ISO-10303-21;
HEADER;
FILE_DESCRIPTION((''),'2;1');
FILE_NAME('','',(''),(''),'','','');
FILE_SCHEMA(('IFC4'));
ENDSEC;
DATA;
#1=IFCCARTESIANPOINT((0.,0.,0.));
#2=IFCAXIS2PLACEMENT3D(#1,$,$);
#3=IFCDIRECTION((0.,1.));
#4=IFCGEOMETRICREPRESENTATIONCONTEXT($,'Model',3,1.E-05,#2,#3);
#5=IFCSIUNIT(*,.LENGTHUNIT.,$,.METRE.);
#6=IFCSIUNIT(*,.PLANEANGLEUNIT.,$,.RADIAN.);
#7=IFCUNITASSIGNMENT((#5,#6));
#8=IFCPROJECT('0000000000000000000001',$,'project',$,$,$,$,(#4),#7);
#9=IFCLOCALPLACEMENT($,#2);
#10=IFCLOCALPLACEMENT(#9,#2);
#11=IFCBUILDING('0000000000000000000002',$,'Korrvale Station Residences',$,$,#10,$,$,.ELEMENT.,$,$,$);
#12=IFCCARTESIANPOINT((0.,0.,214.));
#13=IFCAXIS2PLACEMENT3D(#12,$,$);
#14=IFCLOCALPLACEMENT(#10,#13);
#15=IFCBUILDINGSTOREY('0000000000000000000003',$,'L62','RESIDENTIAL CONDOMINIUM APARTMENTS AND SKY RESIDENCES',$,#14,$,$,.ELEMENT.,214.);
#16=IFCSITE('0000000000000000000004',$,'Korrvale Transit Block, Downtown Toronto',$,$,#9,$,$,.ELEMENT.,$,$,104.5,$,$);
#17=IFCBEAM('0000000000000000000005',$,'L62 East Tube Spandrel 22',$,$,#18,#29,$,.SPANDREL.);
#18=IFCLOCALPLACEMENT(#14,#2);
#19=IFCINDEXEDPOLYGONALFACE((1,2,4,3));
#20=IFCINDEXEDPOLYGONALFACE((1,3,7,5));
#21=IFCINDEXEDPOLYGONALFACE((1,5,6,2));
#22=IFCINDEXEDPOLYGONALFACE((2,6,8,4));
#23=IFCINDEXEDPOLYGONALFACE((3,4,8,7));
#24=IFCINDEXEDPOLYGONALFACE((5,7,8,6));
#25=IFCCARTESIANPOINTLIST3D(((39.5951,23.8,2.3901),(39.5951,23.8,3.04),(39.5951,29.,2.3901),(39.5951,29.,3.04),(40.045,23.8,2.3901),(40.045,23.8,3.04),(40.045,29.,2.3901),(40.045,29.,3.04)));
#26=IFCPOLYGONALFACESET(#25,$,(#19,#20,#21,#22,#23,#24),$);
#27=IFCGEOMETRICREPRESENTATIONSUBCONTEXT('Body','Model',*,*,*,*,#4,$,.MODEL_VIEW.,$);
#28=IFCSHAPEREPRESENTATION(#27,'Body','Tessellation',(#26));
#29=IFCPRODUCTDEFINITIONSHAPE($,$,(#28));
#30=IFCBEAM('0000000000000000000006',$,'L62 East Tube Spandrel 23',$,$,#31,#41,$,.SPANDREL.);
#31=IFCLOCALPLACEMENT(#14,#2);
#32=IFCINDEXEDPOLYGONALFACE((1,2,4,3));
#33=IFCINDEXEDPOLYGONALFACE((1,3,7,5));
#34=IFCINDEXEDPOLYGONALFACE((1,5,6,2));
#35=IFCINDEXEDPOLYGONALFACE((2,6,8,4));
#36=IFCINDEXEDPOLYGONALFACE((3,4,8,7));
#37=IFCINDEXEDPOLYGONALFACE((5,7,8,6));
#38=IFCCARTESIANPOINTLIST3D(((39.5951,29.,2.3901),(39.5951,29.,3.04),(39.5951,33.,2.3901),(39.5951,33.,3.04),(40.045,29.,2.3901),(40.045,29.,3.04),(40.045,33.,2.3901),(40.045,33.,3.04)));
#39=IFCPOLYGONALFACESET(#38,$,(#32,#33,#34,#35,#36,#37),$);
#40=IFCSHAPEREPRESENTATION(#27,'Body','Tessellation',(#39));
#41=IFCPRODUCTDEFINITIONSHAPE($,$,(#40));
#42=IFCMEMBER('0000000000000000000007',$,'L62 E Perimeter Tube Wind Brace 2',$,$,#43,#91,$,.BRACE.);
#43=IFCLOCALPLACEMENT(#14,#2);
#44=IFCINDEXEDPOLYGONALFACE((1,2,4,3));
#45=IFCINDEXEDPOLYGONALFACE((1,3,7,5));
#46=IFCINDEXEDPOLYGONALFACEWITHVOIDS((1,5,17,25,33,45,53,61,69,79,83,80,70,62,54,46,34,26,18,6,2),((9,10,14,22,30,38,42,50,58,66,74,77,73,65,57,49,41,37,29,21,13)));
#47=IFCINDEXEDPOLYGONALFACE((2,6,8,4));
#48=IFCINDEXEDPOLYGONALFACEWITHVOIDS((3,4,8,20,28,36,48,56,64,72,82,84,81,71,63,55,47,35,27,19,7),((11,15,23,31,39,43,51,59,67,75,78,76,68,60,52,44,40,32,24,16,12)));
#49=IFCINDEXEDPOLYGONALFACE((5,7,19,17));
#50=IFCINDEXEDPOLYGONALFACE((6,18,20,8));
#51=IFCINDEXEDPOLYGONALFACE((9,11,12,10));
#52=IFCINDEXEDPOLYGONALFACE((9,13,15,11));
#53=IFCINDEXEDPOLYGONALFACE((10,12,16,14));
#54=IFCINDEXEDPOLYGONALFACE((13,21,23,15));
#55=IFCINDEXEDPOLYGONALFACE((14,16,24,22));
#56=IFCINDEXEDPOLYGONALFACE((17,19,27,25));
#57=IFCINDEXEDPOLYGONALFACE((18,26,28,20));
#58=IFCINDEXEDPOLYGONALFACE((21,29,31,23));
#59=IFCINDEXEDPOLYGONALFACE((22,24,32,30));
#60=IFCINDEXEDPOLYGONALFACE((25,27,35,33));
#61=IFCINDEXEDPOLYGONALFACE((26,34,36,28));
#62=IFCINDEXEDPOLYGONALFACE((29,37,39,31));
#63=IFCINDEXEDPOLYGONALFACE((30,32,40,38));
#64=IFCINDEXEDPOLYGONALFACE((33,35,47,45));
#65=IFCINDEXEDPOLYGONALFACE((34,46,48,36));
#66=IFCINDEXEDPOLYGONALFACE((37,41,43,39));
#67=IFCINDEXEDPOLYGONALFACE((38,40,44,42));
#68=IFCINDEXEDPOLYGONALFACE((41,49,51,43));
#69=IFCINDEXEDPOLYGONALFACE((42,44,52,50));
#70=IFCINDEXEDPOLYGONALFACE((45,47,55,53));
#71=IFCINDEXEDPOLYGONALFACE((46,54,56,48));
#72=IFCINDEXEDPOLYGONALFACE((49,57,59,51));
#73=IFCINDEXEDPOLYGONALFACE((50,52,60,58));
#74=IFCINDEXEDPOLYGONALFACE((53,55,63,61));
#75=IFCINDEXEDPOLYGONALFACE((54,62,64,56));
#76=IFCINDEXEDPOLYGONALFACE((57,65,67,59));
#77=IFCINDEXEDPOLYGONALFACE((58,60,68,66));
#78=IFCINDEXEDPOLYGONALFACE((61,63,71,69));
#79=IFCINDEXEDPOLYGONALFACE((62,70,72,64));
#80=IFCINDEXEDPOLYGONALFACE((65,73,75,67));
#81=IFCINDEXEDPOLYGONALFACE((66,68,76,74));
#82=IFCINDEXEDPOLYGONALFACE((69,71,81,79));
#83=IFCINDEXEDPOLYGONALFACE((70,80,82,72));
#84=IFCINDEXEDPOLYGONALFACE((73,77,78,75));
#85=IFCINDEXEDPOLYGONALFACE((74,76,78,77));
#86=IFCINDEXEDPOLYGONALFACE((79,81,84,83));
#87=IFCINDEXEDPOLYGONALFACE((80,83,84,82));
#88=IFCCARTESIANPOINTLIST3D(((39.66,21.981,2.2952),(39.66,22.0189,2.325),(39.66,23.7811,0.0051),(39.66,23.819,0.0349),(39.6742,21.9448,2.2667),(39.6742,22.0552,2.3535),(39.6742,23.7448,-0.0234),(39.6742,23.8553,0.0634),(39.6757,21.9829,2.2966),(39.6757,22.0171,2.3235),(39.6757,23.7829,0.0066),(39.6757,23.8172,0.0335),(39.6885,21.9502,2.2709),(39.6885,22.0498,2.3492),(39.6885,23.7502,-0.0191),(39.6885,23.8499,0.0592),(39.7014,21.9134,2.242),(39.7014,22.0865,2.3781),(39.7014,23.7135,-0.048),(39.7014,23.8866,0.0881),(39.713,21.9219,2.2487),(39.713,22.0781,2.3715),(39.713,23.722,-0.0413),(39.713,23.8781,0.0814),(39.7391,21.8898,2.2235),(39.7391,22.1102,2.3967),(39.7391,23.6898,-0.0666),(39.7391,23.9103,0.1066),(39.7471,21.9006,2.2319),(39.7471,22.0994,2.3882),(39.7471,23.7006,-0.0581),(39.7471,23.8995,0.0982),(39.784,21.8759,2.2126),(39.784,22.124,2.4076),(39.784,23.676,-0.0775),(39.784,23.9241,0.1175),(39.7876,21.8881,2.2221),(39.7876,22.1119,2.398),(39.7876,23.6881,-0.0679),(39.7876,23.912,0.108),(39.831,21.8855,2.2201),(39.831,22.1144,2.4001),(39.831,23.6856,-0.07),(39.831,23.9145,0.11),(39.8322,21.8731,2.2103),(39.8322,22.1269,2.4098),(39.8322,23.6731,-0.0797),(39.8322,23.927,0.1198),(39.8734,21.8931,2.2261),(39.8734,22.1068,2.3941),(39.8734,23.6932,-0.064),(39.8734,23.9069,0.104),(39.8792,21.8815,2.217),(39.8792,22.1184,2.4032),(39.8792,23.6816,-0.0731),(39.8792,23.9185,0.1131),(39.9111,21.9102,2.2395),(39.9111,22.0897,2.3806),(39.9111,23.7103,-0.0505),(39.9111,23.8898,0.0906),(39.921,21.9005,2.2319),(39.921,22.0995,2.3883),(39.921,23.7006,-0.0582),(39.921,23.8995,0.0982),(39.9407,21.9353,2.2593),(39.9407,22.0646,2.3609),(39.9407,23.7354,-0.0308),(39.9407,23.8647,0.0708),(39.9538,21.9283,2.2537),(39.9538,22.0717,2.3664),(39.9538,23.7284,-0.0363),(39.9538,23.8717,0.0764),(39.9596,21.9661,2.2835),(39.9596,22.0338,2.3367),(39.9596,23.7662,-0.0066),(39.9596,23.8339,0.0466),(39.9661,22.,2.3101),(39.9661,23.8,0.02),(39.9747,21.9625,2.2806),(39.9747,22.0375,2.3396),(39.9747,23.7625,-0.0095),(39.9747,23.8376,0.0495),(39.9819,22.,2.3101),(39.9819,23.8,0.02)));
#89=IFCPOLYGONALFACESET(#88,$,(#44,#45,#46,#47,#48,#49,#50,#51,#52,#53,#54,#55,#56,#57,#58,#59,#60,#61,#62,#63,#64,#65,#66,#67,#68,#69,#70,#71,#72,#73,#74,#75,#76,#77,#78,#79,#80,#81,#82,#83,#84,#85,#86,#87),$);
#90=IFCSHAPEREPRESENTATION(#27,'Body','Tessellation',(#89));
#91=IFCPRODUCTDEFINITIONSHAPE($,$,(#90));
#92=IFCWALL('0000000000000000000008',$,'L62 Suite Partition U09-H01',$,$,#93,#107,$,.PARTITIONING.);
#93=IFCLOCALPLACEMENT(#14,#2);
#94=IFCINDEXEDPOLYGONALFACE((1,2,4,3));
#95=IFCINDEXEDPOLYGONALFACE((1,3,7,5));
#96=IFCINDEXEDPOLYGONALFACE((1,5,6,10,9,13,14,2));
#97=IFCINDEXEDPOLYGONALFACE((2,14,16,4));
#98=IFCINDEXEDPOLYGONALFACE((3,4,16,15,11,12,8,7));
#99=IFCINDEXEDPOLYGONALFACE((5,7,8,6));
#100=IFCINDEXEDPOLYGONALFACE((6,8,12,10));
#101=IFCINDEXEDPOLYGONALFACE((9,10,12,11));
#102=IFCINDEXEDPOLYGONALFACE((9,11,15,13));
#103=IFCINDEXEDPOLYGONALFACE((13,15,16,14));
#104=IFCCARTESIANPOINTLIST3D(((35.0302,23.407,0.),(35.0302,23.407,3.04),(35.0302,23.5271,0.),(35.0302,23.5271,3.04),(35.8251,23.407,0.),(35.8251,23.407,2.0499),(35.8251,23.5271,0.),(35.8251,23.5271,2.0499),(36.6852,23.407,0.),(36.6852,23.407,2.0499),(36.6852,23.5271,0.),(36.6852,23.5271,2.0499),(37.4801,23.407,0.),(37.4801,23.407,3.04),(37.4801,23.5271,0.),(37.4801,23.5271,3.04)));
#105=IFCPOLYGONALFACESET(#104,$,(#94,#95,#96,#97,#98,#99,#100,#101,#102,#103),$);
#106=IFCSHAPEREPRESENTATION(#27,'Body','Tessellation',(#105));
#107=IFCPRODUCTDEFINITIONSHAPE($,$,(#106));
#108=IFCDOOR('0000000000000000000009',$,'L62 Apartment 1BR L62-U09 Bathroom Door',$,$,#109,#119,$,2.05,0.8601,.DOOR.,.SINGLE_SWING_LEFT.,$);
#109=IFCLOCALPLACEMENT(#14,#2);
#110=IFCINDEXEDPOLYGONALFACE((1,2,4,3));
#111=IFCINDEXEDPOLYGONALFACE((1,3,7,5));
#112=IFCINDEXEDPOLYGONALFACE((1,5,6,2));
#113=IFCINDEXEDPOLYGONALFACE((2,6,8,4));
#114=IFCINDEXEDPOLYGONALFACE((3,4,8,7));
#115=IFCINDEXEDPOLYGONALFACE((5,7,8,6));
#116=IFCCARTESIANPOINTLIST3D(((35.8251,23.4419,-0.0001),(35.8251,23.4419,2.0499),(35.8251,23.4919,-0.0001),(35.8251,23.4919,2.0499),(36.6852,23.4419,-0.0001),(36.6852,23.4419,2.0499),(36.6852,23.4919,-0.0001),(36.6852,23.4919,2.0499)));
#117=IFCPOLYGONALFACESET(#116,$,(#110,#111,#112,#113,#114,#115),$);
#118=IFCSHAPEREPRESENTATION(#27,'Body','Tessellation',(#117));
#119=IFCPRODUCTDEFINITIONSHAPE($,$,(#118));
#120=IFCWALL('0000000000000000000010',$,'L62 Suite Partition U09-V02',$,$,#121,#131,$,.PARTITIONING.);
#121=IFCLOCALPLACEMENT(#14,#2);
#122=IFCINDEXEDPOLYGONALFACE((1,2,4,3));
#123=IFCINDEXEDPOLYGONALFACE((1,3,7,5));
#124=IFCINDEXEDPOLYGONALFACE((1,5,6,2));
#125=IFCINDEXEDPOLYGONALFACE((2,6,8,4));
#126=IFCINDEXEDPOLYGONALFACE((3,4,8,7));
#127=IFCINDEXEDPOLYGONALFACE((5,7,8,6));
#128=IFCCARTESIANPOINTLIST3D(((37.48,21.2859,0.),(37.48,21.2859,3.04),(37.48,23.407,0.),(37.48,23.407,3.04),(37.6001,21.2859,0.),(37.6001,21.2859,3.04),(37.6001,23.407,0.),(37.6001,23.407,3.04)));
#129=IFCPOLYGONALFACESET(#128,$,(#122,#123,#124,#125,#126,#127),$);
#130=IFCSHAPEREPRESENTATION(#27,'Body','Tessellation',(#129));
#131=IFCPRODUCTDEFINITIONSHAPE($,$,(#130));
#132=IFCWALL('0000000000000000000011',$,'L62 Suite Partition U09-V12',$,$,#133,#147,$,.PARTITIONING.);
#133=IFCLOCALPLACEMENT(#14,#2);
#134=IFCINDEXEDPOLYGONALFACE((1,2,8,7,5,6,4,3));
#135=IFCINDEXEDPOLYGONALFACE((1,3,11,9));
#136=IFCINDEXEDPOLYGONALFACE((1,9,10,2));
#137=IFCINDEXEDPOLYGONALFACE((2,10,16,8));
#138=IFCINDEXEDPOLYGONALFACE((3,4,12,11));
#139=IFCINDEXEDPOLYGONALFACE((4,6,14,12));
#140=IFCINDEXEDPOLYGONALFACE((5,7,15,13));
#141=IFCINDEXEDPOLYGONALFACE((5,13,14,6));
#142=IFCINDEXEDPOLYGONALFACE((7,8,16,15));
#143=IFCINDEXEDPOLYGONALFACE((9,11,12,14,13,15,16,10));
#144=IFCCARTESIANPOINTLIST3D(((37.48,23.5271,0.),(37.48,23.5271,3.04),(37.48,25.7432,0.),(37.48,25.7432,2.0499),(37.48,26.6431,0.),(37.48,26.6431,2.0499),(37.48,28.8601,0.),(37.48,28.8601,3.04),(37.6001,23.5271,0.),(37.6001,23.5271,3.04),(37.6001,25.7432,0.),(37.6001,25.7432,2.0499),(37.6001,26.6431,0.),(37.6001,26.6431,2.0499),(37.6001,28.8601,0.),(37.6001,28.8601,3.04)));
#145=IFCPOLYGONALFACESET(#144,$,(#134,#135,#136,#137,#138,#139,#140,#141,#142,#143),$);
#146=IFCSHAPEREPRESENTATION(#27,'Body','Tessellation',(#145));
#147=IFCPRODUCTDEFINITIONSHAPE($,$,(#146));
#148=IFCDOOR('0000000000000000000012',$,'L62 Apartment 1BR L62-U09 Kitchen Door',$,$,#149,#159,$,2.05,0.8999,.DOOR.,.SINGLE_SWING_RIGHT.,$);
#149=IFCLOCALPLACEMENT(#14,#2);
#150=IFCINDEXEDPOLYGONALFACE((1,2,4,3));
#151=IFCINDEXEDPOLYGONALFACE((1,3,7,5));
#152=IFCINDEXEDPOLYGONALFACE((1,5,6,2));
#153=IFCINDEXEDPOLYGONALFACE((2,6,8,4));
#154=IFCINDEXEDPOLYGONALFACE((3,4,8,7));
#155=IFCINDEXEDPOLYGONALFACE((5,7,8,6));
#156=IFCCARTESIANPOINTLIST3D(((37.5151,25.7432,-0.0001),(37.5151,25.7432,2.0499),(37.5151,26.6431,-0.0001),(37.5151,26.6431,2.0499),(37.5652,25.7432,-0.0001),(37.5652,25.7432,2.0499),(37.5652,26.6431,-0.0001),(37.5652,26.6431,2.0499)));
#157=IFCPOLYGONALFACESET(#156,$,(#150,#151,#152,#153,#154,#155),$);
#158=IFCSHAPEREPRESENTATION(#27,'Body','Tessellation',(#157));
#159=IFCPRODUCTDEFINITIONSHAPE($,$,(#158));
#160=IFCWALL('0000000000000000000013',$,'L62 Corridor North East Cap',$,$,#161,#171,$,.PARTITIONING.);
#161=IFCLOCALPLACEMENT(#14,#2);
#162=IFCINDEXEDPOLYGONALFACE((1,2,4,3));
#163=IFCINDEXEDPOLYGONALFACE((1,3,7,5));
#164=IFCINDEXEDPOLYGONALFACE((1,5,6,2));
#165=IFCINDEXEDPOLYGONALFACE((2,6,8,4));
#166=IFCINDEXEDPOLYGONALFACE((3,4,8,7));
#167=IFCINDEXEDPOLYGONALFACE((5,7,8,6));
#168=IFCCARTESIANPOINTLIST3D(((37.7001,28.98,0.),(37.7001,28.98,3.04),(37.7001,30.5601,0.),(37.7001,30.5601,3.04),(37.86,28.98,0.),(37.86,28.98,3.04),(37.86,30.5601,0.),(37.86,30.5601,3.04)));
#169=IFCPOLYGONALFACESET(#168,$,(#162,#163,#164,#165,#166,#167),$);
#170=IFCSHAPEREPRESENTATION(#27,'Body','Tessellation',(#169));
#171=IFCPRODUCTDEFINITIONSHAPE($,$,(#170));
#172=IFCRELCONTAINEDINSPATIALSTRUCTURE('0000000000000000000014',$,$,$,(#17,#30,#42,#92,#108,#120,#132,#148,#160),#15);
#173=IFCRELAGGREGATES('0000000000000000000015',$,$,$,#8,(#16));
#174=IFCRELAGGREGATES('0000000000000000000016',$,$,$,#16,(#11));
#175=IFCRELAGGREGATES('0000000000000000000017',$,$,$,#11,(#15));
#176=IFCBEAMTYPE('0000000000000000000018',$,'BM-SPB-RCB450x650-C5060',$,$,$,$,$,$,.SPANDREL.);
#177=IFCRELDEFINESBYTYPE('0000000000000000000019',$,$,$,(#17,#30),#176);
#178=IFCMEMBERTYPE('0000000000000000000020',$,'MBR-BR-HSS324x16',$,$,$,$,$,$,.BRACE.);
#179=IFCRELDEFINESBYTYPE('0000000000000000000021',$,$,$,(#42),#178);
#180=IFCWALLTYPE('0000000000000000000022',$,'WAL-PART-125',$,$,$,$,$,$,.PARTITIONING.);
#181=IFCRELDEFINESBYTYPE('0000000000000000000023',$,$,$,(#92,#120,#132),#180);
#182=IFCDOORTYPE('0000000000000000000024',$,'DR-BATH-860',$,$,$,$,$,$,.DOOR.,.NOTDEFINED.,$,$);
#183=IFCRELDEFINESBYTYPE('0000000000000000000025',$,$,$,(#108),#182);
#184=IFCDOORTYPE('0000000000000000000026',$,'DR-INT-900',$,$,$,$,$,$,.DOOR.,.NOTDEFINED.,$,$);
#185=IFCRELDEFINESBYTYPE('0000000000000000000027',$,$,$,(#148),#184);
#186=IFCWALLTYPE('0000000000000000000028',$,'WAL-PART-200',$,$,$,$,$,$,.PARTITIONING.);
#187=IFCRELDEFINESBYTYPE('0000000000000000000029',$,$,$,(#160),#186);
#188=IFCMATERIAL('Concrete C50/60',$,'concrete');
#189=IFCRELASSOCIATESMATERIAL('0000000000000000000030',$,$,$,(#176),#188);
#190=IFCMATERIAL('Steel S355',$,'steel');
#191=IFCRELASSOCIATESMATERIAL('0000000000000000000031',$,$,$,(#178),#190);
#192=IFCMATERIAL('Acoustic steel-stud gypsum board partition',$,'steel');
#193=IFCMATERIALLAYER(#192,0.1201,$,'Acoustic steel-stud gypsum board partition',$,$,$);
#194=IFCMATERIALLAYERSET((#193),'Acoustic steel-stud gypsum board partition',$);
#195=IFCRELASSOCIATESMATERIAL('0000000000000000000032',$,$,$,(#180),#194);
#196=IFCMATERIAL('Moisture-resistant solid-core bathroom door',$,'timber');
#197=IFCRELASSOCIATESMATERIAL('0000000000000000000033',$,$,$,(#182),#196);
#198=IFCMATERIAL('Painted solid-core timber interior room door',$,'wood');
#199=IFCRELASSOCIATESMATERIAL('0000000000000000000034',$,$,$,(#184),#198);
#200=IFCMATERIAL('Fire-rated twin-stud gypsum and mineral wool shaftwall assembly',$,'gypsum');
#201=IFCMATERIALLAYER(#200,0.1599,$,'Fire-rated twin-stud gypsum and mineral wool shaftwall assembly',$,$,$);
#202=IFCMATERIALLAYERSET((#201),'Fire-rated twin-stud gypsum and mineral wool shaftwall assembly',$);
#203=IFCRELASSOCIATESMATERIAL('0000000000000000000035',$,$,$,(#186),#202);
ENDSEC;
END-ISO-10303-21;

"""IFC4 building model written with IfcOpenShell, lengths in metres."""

from ifc_helpers import new_model, si_unit, direction, frame, frame_2d, origin, origin_2d, place, context, subcontext, project, spatial, rectangle, hollow_circle, extrude, material, layer, layer_set, material_profile, profile_set, type_object, element, fill, save


model = new_model("IFC4")

# Units and contexts
model_context = context("Model", 3, precision=1e-05, world=origin(), true_north=direction((0.0, 1.0)))
body_context = subcontext(model_context, "Body", "Model", "MODEL_VIEW")
ifc_project = project(units=[si_unit("LENGTHUNIT", "METRE"), si_unit("PLANEANGLEUNIT", "RADIAN")], contexts=[model_context])

# Site, building, storey
site_placement = place(None, origin())
site = spatial("IfcSite", under=ifc_project, at=site_placement, Name="Korrvale Transit Block, Downtown Toronto", CompositionType="ELEMENT", RefElevation=104.5)
building_placement = place(site_placement, origin())
building = spatial("IfcBuilding", under=site, at=building_placement, Name="Korrvale Station Residences", CompositionType="ELEMENT")
storey_placement = place(building_placement, frame((0.0, 0.0, 214.0)))
storey = spatial("IfcBuildingStorey", under=building, at=storey_placement, Name="L62", Description="RESIDENTIAL CONDOMINIUM APARTMENTS AND SKY RESIDENCES", CompositionType="ELEMENT", Elevation=214.0)

# Shared definitions
ifc_material_1 = material(Name="Concrete C50/60", Category="concrete")

# Beams
ifc_material_2 = material(Name="Steel S355", Category="steel")
ifc_material_profile_1 = material_profile(ifc_material_1, rectangle(XDim=0.45, YDim=0.6499, at=origin_2d()), Name="RCB450x650")
ifc_profile_set_1 = profile_set([ifc_material_profile_1], Name="Concrete C50/60")
beam_type_1 = type_object("IfcBeamType", Name="BM-SPB-RCB450x650-C5060", PredefinedType="SPANDREL", material=ifc_profile_set_1)
beam_1_placement = place(storey_placement, frame((39.8201, 23.8, 2.7151), z_axis=(0.0, 1.0, 0.0), x_axis=(-1.0, 0.0, 0.0)))
element("IfcBeam", 1, at=beam_1_placement, inside=storey, type_object=beam_type_1, Name="L62 East Tube Spandrel 22", PredefinedType="SPANDREL", context=body_context, shape_type="SweptSolid", body=[
    extrude(rectangle(XDim=0.45, YDim=0.6499, at=origin_2d()), origin(), (0.0, 0.0, 1.0), 5.2),
])
beam_2_placement = place(storey_placement, frame((39.8201, 29.0, 2.7151), z_axis=(0.0, 1.0, 0.0), x_axis=(-1.0, 0.0, 0.0)))
element("IfcBeam", 2, at=beam_2_placement, inside=storey, type_object=beam_type_1, Name="L62 East Tube Spandrel 23", PredefinedType="SPANDREL", context=body_context, shape_type="SweptSolid", body=[
    extrude(rectangle(XDim=0.45, YDim=0.6499, at=origin_2d()), origin(), (0.0, 0.0, 1.0), 4.0),
])

# Member
ifc_material_profile_2 = material_profile(ifc_material_2, hollow_circle(Radius=0.1619, WallThickness=0.0159, at=origin_2d()), Name="HSS324x16")
ifc_profile_set_2 = profile_set([ifc_material_profile_2], Name="Steel S355")
member_type = type_object("IfcMemberType", Name="MBR-BR-HSS324x16", PredefinedType="BRACE", material=ifc_profile_set_2)
member_placement = place(storey_placement, frame((39.8201, 23.8, 0.02), z_axis=(0.0, -0.617977, 0.786196), x_axis=(1.0, 0.0, 0.0)))
element("IfcMember", 3, at=member_placement, inside=storey, type_object=member_type, Name="L62 E Perimeter Tube Wind Brace 2", PredefinedType="BRACE", context=body_context, shape_type="SweptSolid", body=[
    extrude(hollow_circle(Radius=0.1619, WallThickness=0.0159, at=origin_2d()), origin(), (0.0, 0.0, 1.0), 2.9128),
])

# Wall, opening, door
ifc_material_3 = material(Name="Acoustic steel-stud gypsum board partition", Category="steel")
ifc_layer_1 = layer(ifc_material_3, 0.1201, Name="Acoustic steel-stud gypsum board partition")
ifc_layer_set_1 = layer_set([ifc_layer_1], Name="Acoustic steel-stud gypsum board partition")
wall_type_1 = type_object("IfcWallType", Name="WAL-PART-125", PredefinedType="PARTITIONING", material=ifc_layer_set_1)
wall_1_placement = place(storey_placement, frame((35.03, 23.467, 0.0), z_axis=(0.0, 0.0, 1.0), x_axis=(1.0, 0.0, 0.0)))
wall_1 = element("IfcWall", 4, at=wall_1_placement, inside=storey, type_object=wall_type_1, Name="L62 Suite Partition U09-H01", PredefinedType="PARTITIONING", context=body_context, shape_type="SweptSolid", body=[
    extrude(rectangle(XDim=2.45, YDim=0.1201, at=frame_2d((1.2251, 0.0))), origin(), (0.0, 0.0, 1.0), 3.04),
])
opening_1_placement = place(wall_1_placement, frame((0.7949, 0.0, 0.0)))
opening_1 = element("IfcOpeningElement", 5, at=opening_1_placement, cuts=wall_1, PredefinedType="OPENING", context=body_context, shape_type="SweptSolid", body=[
    extrude(rectangle(XDim=0.8601, YDim=2.05, at=frame_2d((0.4302, 1.0249))), frame((0.0, 0.0701, 0.0), z_axis=(0.0, -1.0, 0.0), x_axis=(1.0, 0.0, 0.0)), (0.0, 0.0, 1.0), 0.1401),
])
ifc_material_4 = material(Name="Moisture-resistant solid-core bathroom door", Category="timber")
door_type_1 = type_object("IfcDoorType", Name="DR-BATH-860", OperationType="NOTDEFINED", PredefinedType="DOOR", material=ifc_material_4)
door_1_placement = place(opening_1_placement, origin())
door_1 = element("IfcDoor", 6, at=door_1_placement, inside=storey, type_object=door_type_1, Name="L62 Apartment 1BR L62-U09 Bathroom Door", OperationType="SINGLE_SWING_LEFT", OverallHeight=2.05, OverallWidth=0.8601, PredefinedType="DOOR", context=body_context, shape_type="SweptSolid", body=[
    extrude(rectangle(XDim=0.8601, YDim=2.05, at=frame_2d((0.4302, 1.0249))), frame((0.0, 0.0249, 0.0), z_axis=(0.0, -1.0, 0.0), x_axis=(1.0, 0.0, 0.0)), (0.0, 0.0, 1.0), 0.05),
])
fill(opening_1, door_1)

# Wall
wall_2_placement = place(storey_placement, frame((37.54, 21.2859, 0.0), z_axis=(0.0, 0.0, 1.0), x_axis=(0.0, 1.0, 0.0)))
element("IfcWall", 7, at=wall_2_placement, inside=storey, type_object=wall_type_1, Name="L62 Suite Partition U09-V02", PredefinedType="PARTITIONING", context=body_context, shape_type="SweptSolid", body=[
    extrude(rectangle(XDim=2.1211, YDim=0.1201, at=frame_2d((1.0605, 0.0))), origin(), (0.0, 0.0, 1.0), 3.04),
])

# Wall, opening, door
wall_3_placement = place(storey_placement, frame((37.54, 23.5271, 0.0), z_axis=(0.0, 0.0, 1.0), x_axis=(0.0, 1.0, 0.0)))
wall_3 = element("IfcWall", 8, at=wall_3_placement, inside=storey, type_object=wall_type_1, Name="L62 Suite Partition U09-V12", PredefinedType="PARTITIONING", context=body_context, shape_type="SweptSolid", body=[
    extrude(rectangle(XDim=5.333, YDim=0.1201, at=frame_2d((2.6665, 0.0))), origin(), (0.0, 0.0, 1.0), 3.04),
])
opening_2_placement = place(wall_3_placement, frame((2.2161, 0.0, 0.0)))
opening_2 = element("IfcOpeningElement", 9, at=opening_2_placement, cuts=wall_3, PredefinedType="OPENING", context=body_context, shape_type="SweptSolid", body=[
    extrude(rectangle(XDim=0.8999, YDim=2.05, at=frame_2d((0.45, 1.0249))), frame((0.0, 0.0701, 0.0), z_axis=(0.0, -1.0, 0.0), x_axis=(1.0, 0.0, 0.0)), (0.0, 0.0, 1.0), 0.1401),
])
ifc_material_5 = material(Name="Painted solid-core timber interior room door", Category="wood")
door_type_2 = type_object("IfcDoorType", Name="DR-INT-900", OperationType="NOTDEFINED", PredefinedType="DOOR", material=ifc_material_5)
door_2_placement = place(opening_2_placement, origin())
door_2 = element("IfcDoor", 10, at=door_2_placement, inside=storey, type_object=door_type_2, Name="L62 Apartment 1BR L62-U09 Kitchen Door", OperationType="SINGLE_SWING_RIGHT", OverallHeight=2.05, OverallWidth=0.8999, PredefinedType="DOOR", context=body_context, shape_type="SweptSolid", body=[
    extrude(rectangle(XDim=0.8999, YDim=2.05, at=frame_2d((0.45, 1.0249))), frame((0.0, 0.0249, 0.0), z_axis=(0.0, -1.0, 0.0), x_axis=(1.0, 0.0, 0.0)), (0.0, 0.0, 1.0), 0.05),
])
fill(opening_2, door_2)

# Wall
ifc_material_6 = material(Name="Fire-rated twin-stud gypsum and mineral wool shaftwall assembly", Category="gypsum")
ifc_layer_2 = layer(ifc_material_6, 0.1599, Name="Fire-rated twin-stud gypsum and mineral wool shaftwall assembly")
ifc_layer_set_2 = layer_set([ifc_layer_2], Name="Fire-rated twin-stud gypsum and mineral wool shaftwall assembly")
wall_type_2 = type_object("IfcWallType", Name="WAL-PART-200", PredefinedType="PARTITIONING", material=ifc_layer_set_2)
wall_4_placement = place(storey_placement, frame((37.78, 28.98, 0.0), z_axis=(0.0, 0.0, 1.0), x_axis=(0.0, 1.0, 0.0)))
element("IfcWall", 11, at=wall_4_placement, inside=storey, type_object=wall_type_2, Name="L62 Corridor North East Cap", PredefinedType="PARTITIONING", context=body_context, shape_type="SweptSolid", body=[
    extrude(rectangle(XDim=1.5801, YDim=0.1599, at=frame_2d((0.79, 0.0))), origin(), (0.0, 0.0, 1.0), 3.04),
])

save(model, "model.ifc")
